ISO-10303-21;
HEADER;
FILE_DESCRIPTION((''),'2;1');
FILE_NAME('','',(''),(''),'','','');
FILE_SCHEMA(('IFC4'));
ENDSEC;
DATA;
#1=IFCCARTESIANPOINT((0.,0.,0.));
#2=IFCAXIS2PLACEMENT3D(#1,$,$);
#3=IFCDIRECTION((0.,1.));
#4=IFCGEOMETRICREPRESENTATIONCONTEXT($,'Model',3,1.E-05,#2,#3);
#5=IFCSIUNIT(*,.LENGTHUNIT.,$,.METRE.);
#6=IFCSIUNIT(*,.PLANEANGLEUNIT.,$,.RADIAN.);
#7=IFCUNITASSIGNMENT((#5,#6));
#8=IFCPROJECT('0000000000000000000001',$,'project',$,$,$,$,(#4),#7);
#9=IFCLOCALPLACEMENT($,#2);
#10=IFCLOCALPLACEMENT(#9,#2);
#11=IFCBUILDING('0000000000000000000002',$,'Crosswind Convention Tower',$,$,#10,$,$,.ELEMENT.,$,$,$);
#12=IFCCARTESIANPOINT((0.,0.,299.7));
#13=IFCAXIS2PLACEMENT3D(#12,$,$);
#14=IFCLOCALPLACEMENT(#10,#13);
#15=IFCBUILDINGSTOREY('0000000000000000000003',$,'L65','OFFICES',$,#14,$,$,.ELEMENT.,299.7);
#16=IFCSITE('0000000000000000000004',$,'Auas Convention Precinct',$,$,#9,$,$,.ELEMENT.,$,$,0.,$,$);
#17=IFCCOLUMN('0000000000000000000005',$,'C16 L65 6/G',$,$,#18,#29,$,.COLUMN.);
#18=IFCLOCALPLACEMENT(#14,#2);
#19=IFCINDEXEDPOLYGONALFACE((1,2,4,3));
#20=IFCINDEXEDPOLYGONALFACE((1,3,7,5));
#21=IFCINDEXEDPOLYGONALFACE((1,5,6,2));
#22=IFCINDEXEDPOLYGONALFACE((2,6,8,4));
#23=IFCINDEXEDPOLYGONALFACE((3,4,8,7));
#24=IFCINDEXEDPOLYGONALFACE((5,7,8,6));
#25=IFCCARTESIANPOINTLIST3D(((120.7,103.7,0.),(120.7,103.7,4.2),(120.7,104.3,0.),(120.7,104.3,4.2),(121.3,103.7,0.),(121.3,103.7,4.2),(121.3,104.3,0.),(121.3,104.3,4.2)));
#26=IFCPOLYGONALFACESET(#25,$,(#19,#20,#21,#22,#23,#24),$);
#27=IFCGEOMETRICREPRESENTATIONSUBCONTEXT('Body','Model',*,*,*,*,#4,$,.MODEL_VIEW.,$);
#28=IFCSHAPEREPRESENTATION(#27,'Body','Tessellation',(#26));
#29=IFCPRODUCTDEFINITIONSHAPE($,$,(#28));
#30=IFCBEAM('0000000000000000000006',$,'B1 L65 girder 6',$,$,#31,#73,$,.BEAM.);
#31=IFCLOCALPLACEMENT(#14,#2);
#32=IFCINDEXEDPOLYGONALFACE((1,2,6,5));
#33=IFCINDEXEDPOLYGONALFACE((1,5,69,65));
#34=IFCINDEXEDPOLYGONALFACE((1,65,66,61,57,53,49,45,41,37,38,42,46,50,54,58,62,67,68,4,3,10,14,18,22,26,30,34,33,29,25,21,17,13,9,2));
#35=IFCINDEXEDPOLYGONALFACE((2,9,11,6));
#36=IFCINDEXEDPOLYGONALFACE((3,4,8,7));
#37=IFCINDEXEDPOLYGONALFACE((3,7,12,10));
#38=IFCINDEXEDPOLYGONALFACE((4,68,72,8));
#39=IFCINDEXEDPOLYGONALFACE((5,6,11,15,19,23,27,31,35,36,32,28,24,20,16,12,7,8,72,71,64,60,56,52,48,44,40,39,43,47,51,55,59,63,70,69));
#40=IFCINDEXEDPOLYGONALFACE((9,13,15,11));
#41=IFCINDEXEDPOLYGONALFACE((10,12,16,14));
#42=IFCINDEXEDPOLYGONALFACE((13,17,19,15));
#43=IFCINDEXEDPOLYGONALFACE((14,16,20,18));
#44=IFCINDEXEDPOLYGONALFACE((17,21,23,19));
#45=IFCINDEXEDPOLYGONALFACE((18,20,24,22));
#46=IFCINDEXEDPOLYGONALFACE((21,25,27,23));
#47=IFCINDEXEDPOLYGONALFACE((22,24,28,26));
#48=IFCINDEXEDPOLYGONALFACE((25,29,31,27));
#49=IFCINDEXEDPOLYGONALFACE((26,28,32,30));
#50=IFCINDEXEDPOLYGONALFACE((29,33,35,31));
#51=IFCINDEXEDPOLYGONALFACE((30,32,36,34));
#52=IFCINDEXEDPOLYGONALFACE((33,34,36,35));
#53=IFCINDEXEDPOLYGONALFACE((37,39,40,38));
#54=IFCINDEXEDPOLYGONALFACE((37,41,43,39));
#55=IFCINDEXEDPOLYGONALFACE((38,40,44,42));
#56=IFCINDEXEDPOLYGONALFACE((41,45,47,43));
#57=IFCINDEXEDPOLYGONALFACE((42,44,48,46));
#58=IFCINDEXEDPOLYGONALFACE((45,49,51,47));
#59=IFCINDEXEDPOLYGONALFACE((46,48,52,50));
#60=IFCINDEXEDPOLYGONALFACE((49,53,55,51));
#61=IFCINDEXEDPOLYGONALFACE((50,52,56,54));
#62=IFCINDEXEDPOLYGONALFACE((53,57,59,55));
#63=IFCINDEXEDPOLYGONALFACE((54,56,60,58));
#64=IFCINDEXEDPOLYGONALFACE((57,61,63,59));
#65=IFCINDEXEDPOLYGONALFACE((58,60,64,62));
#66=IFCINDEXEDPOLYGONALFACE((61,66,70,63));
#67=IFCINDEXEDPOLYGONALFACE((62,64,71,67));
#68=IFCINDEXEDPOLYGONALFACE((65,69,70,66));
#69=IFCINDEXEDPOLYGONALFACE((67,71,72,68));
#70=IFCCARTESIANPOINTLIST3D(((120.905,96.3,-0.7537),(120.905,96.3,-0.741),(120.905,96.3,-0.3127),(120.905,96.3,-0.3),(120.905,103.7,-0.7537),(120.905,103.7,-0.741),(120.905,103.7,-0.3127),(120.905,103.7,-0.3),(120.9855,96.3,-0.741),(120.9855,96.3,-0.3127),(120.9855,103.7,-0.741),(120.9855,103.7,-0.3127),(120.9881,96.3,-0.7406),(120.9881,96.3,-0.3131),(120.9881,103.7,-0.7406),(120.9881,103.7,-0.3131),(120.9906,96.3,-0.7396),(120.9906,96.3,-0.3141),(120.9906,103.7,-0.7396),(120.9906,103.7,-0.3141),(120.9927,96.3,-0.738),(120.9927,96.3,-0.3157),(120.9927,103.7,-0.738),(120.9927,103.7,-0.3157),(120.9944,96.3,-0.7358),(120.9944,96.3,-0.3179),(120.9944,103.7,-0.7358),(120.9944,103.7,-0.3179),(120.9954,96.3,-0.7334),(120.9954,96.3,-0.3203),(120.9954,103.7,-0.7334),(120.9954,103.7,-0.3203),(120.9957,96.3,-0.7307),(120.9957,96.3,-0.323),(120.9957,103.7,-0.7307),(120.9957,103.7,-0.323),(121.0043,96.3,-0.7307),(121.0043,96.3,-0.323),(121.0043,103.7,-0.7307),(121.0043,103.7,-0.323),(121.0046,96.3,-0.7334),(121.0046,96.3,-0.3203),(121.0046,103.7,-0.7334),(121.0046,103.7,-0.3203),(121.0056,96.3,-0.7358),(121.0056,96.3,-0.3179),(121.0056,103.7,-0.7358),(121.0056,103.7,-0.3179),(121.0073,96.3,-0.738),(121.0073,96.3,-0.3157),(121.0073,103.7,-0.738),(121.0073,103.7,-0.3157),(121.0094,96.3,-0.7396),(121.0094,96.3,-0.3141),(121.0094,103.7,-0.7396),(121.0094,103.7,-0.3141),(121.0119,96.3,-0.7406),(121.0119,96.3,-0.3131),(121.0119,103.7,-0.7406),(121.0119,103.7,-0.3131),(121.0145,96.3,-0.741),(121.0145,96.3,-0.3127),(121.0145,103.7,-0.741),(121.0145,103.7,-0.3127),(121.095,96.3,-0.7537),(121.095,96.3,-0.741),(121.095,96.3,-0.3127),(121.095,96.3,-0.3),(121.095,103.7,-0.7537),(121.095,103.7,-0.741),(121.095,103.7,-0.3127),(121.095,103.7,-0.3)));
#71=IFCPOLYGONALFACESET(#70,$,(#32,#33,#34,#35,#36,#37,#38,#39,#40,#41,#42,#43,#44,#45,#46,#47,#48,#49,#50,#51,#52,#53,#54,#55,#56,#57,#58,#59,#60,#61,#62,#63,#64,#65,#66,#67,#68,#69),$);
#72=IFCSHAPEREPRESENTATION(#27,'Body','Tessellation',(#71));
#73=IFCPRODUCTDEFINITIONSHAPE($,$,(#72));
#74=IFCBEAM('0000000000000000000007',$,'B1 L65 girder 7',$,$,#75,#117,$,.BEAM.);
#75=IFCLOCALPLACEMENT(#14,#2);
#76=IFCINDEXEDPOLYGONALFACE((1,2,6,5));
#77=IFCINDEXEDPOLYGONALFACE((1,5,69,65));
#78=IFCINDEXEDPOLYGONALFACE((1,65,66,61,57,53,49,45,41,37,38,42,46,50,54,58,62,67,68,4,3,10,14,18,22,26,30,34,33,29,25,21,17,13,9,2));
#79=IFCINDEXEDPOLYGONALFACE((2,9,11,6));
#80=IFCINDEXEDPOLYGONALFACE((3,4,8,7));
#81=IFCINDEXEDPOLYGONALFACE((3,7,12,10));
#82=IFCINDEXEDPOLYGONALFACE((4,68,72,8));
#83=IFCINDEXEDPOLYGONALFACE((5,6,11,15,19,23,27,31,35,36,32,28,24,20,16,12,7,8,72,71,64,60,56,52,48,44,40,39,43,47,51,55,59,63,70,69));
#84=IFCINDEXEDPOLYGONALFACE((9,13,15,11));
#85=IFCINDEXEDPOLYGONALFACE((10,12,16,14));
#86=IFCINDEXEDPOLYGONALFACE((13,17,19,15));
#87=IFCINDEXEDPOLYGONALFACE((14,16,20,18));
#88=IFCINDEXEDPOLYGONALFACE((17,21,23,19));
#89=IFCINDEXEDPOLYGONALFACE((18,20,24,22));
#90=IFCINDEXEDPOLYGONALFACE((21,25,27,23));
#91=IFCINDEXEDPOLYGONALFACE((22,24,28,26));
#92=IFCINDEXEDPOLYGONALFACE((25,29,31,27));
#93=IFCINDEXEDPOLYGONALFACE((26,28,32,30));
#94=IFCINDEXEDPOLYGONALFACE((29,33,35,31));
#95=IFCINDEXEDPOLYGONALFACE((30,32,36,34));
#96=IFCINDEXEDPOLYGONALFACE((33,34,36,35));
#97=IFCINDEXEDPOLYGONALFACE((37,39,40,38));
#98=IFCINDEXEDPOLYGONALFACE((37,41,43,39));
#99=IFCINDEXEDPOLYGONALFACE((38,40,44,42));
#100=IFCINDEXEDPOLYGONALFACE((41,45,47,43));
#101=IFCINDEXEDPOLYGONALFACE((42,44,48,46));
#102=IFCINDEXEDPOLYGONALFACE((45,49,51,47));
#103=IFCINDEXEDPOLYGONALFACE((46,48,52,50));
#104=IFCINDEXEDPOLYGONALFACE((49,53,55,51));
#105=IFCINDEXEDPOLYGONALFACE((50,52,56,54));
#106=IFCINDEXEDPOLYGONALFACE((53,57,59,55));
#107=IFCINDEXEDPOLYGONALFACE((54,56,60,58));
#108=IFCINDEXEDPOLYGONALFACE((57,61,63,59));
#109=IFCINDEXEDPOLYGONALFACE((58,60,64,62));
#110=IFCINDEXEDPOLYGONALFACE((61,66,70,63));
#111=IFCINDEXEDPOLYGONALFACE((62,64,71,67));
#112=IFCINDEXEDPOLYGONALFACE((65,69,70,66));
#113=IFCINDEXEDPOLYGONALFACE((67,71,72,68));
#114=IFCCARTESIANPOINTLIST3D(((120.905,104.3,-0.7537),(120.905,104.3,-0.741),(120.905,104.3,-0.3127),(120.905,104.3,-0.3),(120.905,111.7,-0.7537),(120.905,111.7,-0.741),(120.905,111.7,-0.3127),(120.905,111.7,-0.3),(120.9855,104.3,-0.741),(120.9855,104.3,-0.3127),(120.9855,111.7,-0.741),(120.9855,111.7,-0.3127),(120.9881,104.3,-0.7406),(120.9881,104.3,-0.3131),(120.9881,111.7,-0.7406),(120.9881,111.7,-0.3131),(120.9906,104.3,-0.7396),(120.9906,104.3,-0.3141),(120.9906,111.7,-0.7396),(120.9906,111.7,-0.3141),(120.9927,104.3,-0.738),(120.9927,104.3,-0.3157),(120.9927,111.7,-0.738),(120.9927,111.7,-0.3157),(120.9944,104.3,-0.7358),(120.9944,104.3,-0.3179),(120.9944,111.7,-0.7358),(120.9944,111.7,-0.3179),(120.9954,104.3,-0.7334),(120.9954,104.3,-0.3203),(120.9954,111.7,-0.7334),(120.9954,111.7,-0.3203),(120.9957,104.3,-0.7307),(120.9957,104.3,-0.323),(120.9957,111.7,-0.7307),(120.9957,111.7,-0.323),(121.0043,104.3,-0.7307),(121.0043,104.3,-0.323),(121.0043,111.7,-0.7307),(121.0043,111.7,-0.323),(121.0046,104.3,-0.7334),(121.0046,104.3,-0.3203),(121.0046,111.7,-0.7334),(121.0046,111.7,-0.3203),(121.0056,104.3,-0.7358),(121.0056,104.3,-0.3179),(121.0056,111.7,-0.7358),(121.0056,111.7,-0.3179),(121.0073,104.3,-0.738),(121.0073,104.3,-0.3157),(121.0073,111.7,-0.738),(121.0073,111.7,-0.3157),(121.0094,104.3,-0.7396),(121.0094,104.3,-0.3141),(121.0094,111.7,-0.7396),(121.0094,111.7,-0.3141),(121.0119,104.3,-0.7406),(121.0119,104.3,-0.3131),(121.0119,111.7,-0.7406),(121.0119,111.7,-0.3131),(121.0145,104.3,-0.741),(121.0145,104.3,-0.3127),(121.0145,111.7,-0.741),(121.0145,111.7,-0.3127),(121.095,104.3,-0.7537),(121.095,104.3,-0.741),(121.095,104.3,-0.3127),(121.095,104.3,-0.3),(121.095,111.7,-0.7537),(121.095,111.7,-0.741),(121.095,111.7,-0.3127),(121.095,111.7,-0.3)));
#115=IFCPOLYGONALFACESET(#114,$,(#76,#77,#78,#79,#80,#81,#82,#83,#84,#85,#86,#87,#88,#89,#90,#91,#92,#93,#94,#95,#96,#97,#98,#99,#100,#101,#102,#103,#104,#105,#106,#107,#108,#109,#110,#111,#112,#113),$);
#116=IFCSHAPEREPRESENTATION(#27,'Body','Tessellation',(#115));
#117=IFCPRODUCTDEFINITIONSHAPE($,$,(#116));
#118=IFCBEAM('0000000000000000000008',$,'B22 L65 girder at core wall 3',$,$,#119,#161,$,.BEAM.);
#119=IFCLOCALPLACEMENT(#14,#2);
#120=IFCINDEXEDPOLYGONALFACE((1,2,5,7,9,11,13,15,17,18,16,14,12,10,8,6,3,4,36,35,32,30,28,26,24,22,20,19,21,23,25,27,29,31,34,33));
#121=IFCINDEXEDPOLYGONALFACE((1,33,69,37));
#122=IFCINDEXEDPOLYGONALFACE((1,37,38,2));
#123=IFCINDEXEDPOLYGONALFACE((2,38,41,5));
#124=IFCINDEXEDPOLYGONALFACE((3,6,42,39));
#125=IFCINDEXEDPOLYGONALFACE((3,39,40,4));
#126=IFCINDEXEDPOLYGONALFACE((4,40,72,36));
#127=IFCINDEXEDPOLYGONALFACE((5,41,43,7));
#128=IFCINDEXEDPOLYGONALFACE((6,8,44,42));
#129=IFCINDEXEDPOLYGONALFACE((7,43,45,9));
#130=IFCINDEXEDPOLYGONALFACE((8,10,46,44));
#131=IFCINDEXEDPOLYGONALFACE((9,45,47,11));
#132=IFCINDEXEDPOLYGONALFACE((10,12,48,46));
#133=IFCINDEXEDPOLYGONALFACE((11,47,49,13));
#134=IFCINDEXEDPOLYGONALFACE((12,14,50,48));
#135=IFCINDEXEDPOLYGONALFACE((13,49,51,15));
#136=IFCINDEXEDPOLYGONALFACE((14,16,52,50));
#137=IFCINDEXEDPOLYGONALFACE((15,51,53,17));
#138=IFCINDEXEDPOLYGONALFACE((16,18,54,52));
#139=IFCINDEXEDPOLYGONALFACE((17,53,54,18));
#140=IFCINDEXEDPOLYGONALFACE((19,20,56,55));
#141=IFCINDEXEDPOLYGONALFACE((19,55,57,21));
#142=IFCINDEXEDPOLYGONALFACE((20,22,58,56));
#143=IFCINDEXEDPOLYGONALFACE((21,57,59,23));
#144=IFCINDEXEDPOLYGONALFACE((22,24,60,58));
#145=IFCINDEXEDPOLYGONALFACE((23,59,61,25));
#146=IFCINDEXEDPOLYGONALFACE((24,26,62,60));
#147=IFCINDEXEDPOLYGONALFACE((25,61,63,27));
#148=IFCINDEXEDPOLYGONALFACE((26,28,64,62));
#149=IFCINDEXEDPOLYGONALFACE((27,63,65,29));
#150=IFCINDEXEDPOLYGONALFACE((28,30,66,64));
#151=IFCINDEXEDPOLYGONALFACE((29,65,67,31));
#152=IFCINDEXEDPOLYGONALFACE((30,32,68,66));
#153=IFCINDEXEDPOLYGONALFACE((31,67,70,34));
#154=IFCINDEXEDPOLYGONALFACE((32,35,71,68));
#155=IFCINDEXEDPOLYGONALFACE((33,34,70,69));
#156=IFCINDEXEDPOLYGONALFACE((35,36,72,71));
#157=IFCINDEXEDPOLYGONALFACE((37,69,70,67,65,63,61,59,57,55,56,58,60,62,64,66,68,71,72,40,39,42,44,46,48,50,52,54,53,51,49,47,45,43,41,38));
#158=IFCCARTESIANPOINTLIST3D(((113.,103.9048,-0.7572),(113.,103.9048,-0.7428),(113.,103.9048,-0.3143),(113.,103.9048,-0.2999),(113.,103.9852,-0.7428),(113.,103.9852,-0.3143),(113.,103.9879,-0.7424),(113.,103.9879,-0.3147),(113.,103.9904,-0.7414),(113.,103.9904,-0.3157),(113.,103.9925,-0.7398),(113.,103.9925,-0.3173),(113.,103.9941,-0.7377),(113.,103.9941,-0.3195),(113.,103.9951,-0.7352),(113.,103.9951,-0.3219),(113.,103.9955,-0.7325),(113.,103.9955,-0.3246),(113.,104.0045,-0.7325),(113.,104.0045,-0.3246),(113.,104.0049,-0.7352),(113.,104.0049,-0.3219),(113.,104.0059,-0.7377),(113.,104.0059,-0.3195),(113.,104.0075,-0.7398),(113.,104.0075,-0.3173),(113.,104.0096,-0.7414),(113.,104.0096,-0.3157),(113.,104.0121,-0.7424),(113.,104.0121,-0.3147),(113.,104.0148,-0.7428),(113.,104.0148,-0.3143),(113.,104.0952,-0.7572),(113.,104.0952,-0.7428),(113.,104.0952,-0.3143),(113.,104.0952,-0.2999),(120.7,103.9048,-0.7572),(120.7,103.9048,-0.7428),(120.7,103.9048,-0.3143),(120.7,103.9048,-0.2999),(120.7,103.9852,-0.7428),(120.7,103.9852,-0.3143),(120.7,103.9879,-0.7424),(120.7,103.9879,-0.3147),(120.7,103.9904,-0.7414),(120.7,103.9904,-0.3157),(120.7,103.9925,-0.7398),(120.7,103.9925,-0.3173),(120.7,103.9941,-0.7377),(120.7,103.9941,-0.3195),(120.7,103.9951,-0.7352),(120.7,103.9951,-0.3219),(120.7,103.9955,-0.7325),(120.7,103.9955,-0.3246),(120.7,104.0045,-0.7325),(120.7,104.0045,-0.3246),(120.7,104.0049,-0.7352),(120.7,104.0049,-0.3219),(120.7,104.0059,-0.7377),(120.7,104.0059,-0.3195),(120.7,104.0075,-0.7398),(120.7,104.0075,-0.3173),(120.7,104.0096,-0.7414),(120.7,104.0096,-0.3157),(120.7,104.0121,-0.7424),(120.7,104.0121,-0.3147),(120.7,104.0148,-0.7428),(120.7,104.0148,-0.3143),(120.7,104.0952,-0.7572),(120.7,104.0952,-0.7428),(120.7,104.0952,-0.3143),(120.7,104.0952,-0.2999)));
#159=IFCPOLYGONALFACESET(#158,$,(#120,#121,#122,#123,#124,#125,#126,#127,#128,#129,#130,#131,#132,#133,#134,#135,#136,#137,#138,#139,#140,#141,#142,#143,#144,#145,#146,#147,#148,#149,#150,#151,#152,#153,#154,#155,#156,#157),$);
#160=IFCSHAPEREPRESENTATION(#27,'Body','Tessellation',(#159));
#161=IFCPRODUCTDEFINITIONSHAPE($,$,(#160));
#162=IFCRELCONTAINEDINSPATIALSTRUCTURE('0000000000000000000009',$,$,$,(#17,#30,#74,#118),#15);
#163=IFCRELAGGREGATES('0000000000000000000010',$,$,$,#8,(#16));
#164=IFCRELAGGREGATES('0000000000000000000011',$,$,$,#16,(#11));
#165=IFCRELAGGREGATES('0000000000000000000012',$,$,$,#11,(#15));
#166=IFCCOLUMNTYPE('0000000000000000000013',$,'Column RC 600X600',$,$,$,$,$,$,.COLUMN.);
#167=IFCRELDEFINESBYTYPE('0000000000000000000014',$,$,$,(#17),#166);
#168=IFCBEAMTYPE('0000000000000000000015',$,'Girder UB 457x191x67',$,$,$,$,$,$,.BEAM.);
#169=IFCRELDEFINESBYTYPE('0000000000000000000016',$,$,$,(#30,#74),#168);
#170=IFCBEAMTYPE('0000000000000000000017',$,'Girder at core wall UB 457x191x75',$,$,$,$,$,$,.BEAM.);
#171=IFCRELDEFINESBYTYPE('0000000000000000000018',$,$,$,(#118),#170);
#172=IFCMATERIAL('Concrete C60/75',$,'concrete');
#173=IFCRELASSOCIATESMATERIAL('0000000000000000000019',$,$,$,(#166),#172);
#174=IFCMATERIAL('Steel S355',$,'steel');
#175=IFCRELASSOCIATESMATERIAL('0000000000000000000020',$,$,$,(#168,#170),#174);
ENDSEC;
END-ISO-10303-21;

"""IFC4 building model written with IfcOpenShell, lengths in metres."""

from ifc_helpers import new_model, si_unit, direction, frame, origin, origin_2d, place, context, subcontext, project, spatial, rectangle, i_section, extrude, material, material_profile, profile_set, type_object, element, save


model = new_model("IFC4")

# Units and contexts
model_context = context("Model", 3, precision=1e-05, world=origin(), true_north=direction((0.0, 1.0)))
body_context = subcontext(model_context, "Body", "Model", "MODEL_VIEW")
ifc_project = project(units=[si_unit("LENGTHUNIT", "METRE"), si_unit("PLANEANGLEUNIT", "RADIAN")], contexts=[model_context])

# Site, building, storey
site_placement = place(None, origin())
site = spatial("IfcSite", under=ifc_project, at=site_placement, Name="Auas Convention Precinct", CompositionType="ELEMENT", RefElevation=0.0)
building_placement = place(site_placement, origin())
building = spatial("IfcBuilding", under=site, at=building_placement, Name="Crosswind Convention Tower", CompositionType="ELEMENT")
storey_placement = place(building_placement, frame((0.0, 0.0, 299.7)))
storey = spatial("IfcBuildingStorey", under=building, at=storey_placement, Name="L65", Description="OFFICES", CompositionType="ELEMENT", Elevation=299.7)

# Column
ifc_material_1 = material(Name="Concrete C60/75", Category="concrete")
ifc_material_profile_1 = material_profile(ifc_material_1, rectangle(XDim=0.6001, YDim=0.6001, at=origin_2d()), Name="RC 600X600")
ifc_profile_set_1 = profile_set([ifc_material_profile_1], Name="Concrete C60/75")
column_type = type_object("IfcColumnType", Name="Column RC 600X600", PredefinedType="COLUMN", material=ifc_profile_set_1)
column_placement = place(storey_placement, frame((121.0, 104.0, 0.0), z_axis=(0.0, 0.0, 1.0), x_axis=(1.0, 0.0, 0.0)))
element("IfcColumn", 1, at=column_placement, inside=storey, type_object=column_type, Name="C16 L65 6/G", PredefinedType="COLUMN", context=body_context, shape_type="SweptSolid", body=[
    extrude(rectangle(XDim=0.6001, YDim=0.6001, at=origin_2d()), origin(), (0.0, 0.0, 1.0), 4.2),
])

# Beams
ifc_material_2 = material(Name="Steel S355", Category="steel")
ifc_material_profile_2 = material_profile(ifc_material_2, i_section(OverallWidth=0.1899, OverallDepth=0.4536, WebThickness=0.0085, FlangeThickness=0.0127, FilletRadius=0.0103, at=origin_2d()), Name="UB 457x191x67")
ifc_profile_set_2 = profile_set([ifc_material_profile_2], Name="Steel S355")
beam_type_1 = type_object("IfcBeamType", Name="Girder UB 457x191x67", PredefinedType="BEAM", material=ifc_profile_set_2)
for number, where, z_axis, x_axis, name in (
    (2, (121.0, 96.3, -0.5269), (0.0, 1.0, 0.0), (-1.0, 0.0, 0.0), "B1 L65 girder 6"),
    (3, (121.0, 104.3, -0.5269), (0.0, 1.0, 0.0), (-1.0, 0.0, 0.0), "B1 L65 girder 7"),
):
    element("IfcBeam", number, at=place(storey_placement, frame(where, z_axis=z_axis, x_axis=x_axis)), inside=storey, type_object=beam_type_1, Name=name, PredefinedType="BEAM", context=body_context, shape_type="SweptSolid", body=[
        extrude(i_section(OverallWidth=0.1899, OverallDepth=0.4536, WebThickness=0.0085, FlangeThickness=0.0127, FilletRadius=0.0103, at=origin_2d()), origin(), (0.0, 0.0, 1.0), 7.3999),
    ])
ifc_material_profile_3 = material_profile(ifc_material_2, i_section(OverallWidth=0.1904, OverallDepth=0.4573, WebThickness=0.009, FlangeThickness=0.0144, FilletRadius=0.0103, at=origin_2d()), Name="UB 457x191x75")
ifc_profile_set_3 = profile_set([ifc_material_profile_3], Name="Steel S355")
beam_type_2 = type_object("IfcBeamType", Name="Girder at core wall UB 457x191x75", PredefinedType="BEAM", material=ifc_profile_set_3)
beam_placement = place(storey_placement, frame((113.0, 104.0, -0.5286), z_axis=(1.0, 0.0, 0.0), x_axis=(0.0, 1.0, 0.0)))
element("IfcBeam", 4, at=beam_placement, inside=storey, type_object=beam_type_2, Name="B22 L65 girder at core wall 3", PredefinedType="BEAM", context=body_context, shape_type="SweptSolid", body=[
    extrude(i_section(OverallWidth=0.1904, OverallDepth=0.4573, WebThickness=0.009, FlangeThickness=0.0144, FilletRadius=0.0103, at=origin_2d()), origin(), (0.0, 0.0, 1.0), 7.7),
])

save(model, "model.ifc")
